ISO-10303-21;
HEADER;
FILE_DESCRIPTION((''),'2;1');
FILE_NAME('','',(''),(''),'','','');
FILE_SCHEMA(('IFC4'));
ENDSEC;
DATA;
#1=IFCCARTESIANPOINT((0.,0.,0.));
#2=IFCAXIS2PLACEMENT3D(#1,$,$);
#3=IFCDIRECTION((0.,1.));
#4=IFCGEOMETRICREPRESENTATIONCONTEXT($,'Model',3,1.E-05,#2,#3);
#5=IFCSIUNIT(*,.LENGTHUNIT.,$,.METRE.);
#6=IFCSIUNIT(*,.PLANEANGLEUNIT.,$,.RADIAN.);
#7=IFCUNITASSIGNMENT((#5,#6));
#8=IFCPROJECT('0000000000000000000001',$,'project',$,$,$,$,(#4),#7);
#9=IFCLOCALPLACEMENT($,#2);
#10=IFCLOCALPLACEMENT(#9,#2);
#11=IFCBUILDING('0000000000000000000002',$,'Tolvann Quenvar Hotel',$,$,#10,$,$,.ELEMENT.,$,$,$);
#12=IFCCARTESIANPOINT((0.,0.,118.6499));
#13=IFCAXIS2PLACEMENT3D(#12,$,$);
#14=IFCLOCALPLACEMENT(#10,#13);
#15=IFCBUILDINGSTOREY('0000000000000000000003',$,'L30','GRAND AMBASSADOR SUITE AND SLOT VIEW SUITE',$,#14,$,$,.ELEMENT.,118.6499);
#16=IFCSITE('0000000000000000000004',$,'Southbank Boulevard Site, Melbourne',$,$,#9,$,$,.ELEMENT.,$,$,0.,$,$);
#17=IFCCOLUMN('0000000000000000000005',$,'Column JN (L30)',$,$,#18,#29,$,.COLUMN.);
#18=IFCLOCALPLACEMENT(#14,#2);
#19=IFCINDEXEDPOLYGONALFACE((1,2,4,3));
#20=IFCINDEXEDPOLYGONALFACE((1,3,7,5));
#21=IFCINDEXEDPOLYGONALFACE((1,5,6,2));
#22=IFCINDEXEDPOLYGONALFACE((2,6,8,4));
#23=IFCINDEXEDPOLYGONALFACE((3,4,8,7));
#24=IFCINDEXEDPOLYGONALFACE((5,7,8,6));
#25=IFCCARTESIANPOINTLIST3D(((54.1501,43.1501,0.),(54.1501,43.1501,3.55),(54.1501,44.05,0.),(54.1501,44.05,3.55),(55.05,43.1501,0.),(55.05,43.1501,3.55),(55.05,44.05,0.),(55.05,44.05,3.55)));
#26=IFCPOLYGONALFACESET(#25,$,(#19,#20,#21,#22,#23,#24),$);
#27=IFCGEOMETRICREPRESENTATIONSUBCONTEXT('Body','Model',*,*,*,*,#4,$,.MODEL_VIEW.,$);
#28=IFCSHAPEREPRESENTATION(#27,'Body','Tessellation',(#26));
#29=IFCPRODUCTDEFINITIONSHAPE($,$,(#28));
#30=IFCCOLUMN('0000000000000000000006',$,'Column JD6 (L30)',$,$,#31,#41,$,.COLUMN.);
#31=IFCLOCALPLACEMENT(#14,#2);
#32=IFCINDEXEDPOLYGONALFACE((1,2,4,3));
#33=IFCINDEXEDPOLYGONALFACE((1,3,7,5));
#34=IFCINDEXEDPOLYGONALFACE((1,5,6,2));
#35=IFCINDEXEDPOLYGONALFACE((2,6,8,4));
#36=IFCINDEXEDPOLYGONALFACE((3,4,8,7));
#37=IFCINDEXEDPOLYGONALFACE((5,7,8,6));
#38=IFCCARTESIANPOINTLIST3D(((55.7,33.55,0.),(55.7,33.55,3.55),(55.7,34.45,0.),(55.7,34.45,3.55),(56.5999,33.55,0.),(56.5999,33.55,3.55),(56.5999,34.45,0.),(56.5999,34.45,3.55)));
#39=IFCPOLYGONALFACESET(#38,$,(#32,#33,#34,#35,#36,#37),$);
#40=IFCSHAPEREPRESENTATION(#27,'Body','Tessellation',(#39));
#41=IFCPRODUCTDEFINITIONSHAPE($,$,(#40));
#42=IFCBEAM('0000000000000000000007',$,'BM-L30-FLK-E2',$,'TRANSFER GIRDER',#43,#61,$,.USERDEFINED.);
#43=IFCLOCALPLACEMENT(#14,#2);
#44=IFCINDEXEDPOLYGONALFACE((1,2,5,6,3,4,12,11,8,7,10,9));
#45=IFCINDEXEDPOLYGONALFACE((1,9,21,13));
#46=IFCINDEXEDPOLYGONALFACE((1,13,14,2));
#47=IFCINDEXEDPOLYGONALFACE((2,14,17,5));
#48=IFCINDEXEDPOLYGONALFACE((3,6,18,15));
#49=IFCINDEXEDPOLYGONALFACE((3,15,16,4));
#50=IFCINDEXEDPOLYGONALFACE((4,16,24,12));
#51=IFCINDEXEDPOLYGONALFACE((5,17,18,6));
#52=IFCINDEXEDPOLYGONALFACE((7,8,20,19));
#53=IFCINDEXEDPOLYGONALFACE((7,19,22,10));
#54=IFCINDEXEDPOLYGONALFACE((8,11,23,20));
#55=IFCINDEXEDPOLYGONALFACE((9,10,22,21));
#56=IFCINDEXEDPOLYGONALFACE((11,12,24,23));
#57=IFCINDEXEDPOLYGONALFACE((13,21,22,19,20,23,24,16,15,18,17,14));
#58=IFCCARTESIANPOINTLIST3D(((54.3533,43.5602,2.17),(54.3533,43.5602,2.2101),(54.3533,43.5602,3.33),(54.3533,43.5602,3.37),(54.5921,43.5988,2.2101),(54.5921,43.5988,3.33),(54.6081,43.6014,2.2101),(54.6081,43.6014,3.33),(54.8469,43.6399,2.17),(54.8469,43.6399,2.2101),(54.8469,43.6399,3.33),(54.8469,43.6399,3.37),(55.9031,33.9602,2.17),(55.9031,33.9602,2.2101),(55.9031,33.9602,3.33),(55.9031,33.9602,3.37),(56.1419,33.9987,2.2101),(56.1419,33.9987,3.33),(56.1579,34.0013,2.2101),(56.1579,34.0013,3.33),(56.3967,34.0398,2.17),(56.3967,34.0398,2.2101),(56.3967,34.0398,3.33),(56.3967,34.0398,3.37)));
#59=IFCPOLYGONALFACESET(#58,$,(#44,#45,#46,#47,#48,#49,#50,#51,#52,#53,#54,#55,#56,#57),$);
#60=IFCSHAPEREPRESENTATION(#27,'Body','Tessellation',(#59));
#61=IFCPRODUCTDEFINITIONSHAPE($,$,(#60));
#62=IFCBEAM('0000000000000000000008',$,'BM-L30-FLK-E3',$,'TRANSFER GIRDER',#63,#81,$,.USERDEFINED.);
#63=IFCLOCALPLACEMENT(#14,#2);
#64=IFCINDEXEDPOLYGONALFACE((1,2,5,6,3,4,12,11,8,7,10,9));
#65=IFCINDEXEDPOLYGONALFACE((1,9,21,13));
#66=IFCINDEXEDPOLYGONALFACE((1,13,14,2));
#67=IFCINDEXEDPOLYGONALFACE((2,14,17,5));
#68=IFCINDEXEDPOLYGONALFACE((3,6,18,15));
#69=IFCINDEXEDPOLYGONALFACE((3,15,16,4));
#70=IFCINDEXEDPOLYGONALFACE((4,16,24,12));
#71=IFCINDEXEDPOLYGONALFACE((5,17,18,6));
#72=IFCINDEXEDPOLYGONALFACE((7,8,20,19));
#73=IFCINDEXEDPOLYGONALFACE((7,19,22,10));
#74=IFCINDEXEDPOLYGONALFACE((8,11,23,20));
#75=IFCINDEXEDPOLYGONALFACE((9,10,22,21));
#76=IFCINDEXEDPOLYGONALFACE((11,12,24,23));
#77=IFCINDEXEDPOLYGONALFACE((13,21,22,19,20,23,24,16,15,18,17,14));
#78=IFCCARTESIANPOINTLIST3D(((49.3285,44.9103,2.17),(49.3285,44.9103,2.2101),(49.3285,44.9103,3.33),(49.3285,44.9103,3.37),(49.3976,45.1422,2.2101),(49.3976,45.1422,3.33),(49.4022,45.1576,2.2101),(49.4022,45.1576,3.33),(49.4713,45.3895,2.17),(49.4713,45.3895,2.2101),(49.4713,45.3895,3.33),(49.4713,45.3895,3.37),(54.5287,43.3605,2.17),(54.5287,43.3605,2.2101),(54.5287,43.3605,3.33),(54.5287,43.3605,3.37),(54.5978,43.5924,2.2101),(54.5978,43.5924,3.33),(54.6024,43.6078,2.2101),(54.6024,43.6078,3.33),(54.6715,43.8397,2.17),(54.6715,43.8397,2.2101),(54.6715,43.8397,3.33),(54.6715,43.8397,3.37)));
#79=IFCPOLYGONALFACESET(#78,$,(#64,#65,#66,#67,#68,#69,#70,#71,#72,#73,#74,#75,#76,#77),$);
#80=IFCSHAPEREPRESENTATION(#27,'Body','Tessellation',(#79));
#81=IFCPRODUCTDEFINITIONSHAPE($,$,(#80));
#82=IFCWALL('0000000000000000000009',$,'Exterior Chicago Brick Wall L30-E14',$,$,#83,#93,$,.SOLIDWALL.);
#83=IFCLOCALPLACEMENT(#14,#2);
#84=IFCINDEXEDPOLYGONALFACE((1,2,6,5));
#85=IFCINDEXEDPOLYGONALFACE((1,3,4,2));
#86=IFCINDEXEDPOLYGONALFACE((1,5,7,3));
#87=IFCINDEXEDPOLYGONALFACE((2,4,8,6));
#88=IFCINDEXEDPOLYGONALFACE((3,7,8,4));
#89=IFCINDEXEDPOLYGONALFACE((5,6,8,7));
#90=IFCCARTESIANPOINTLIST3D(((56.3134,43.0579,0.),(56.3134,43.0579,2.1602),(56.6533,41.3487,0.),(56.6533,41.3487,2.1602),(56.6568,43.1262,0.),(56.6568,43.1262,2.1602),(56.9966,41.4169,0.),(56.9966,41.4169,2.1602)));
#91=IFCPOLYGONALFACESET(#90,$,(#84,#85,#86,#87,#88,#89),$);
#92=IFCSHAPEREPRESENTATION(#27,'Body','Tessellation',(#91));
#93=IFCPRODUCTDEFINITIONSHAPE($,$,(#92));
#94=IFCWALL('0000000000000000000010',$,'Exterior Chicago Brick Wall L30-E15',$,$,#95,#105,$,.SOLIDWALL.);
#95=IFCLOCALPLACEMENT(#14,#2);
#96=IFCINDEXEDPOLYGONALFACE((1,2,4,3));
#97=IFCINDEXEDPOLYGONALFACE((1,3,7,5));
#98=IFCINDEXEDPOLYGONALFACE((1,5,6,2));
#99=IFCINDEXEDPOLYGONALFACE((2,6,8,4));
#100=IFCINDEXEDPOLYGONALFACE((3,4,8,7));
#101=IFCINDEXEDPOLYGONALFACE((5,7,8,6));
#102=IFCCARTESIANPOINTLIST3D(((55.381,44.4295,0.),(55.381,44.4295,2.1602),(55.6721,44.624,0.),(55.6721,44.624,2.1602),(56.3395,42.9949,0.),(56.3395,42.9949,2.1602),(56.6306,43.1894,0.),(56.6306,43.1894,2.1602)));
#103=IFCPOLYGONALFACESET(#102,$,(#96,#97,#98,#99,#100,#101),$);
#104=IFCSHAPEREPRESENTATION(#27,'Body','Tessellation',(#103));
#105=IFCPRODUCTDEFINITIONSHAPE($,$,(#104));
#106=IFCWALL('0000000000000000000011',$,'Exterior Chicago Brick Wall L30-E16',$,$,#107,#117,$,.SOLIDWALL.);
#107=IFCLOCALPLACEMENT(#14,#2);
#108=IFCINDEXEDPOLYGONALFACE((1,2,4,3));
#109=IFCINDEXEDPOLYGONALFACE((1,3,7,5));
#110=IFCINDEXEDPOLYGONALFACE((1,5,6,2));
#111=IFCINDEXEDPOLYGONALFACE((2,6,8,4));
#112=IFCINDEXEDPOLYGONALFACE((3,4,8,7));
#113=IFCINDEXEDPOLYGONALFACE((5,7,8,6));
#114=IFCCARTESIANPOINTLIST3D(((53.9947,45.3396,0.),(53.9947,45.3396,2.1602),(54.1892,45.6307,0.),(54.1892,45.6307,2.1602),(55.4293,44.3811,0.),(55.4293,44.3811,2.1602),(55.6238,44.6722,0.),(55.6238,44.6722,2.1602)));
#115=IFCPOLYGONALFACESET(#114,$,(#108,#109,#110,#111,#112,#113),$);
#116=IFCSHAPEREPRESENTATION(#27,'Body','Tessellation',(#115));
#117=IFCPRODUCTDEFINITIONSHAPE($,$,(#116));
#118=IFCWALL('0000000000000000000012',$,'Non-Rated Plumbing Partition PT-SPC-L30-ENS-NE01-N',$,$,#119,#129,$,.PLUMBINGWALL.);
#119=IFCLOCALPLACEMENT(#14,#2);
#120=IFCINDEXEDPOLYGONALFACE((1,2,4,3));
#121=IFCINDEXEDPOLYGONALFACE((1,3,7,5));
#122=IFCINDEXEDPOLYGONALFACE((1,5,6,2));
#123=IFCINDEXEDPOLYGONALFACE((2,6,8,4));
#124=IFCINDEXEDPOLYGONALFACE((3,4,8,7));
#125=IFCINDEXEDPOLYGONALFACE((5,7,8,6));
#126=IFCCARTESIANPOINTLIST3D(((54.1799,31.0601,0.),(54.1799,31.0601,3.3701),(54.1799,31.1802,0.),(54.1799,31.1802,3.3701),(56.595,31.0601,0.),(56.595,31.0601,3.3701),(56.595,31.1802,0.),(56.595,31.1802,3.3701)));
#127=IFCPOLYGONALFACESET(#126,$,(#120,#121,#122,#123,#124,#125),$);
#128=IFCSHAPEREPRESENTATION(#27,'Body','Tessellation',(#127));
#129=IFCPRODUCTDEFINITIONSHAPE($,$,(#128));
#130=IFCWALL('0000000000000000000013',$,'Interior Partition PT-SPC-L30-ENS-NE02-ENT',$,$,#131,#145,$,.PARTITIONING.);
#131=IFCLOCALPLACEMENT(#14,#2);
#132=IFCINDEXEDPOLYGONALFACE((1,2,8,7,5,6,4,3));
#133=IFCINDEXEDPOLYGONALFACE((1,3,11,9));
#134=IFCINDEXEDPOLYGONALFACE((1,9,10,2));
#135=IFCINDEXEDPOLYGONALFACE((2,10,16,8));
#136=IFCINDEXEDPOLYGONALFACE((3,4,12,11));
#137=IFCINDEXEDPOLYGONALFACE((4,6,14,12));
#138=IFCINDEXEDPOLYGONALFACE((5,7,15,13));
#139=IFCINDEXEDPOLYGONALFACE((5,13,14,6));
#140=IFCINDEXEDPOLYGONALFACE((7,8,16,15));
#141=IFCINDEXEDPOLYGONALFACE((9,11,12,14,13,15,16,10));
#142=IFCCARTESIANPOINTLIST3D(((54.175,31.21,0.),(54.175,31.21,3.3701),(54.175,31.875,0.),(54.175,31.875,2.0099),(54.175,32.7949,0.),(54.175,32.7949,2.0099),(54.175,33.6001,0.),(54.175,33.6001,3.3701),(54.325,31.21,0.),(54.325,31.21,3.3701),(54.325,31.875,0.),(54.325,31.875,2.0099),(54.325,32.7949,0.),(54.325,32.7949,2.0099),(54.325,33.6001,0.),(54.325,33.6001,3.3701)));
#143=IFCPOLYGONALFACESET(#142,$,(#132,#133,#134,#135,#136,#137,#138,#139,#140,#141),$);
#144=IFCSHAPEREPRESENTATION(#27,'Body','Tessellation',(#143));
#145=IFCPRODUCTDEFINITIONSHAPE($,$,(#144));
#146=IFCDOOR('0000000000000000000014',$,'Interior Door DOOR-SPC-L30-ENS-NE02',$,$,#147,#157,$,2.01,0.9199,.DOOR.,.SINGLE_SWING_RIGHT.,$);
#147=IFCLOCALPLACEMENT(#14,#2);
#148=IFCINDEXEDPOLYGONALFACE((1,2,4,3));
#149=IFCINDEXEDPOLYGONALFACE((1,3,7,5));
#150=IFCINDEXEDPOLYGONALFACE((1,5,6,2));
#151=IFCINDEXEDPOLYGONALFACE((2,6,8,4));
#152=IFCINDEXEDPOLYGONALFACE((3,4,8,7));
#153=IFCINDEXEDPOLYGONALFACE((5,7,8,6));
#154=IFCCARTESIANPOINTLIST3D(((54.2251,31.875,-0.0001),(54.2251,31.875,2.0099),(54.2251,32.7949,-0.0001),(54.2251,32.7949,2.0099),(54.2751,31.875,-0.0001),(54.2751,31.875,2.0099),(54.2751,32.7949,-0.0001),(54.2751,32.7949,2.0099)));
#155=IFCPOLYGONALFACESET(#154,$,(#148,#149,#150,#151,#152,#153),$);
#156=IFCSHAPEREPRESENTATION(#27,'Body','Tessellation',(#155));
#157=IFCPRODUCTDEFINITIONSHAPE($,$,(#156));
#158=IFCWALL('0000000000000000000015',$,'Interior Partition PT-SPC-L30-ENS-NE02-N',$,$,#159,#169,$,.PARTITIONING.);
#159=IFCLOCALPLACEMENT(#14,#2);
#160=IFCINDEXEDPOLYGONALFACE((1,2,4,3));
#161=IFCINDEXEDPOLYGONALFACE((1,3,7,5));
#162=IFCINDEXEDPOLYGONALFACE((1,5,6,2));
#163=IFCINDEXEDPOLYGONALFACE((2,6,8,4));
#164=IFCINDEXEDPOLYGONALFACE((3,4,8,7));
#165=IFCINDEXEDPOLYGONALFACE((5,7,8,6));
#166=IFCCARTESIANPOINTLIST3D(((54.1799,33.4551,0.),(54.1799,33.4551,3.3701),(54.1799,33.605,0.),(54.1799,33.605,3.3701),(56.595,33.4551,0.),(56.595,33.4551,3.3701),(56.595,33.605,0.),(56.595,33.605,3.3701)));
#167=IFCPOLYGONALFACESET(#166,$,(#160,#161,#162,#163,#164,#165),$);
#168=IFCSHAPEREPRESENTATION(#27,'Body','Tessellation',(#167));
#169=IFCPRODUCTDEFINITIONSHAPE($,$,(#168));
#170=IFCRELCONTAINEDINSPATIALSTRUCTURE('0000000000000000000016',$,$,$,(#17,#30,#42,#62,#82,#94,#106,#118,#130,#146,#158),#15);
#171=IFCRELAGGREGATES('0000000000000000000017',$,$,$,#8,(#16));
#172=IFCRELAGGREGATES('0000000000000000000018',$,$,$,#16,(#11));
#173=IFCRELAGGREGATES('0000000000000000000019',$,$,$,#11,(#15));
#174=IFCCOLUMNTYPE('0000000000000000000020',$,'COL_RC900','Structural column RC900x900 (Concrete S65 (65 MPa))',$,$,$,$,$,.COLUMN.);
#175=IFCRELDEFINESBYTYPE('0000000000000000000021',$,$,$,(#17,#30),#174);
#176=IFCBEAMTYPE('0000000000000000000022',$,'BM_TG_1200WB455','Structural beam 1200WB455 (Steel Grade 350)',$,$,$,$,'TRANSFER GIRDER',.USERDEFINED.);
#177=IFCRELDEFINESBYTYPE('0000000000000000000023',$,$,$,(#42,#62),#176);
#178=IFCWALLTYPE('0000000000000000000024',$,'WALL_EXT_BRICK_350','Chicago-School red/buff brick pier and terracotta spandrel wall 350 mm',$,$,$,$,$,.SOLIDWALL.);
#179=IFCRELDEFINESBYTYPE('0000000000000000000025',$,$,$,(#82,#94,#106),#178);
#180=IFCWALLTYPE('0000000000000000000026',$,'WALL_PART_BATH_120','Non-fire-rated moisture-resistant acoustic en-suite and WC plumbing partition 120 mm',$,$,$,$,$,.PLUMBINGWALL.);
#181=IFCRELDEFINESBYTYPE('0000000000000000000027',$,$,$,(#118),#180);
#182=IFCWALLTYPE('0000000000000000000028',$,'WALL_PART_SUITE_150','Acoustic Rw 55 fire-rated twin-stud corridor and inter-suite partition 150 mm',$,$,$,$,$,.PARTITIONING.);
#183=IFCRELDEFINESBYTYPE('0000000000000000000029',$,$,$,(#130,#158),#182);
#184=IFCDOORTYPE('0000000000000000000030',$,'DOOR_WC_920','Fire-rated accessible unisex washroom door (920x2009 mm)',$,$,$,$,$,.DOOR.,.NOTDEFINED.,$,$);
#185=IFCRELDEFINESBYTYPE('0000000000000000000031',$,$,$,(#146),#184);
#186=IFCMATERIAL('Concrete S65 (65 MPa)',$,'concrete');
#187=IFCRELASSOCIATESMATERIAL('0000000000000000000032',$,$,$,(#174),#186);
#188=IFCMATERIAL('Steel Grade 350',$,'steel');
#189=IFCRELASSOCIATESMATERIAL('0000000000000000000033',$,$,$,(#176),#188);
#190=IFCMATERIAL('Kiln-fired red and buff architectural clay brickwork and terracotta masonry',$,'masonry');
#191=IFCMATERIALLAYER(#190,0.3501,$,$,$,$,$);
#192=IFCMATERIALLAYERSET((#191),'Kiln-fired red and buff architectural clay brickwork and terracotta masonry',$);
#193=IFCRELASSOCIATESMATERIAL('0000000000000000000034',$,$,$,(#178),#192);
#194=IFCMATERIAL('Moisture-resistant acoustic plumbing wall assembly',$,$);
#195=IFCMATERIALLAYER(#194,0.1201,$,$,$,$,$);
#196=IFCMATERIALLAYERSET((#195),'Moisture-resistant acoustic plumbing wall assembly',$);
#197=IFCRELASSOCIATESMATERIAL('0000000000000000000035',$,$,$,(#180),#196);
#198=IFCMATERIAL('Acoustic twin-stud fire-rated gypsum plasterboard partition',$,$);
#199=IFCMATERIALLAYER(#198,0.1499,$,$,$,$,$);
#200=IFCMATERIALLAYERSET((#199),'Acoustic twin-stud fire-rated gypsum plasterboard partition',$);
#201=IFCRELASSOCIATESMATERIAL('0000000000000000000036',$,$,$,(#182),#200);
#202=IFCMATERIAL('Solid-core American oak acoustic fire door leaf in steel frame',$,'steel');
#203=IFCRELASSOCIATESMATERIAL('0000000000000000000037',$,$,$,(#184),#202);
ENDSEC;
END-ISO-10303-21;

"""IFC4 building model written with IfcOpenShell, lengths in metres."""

from ifc_helpers import new_model, si_unit, direction, frame, frame_2d, origin, origin_2d, place, context, subcontext, project, spatial, rectangle, i_section, extrude, source, transform, mapped, material, layer, layer_set, material_profile, profile_set, type_object, type_shapes, element, fill, save


model = new_model("IFC4")

# Units and contexts
model_context = context("Model", 3, precision=1e-05, world=origin(), true_north=direction((0.0, 1.0)))
body_context = subcontext(model_context, "Body", "Model", "MODEL_VIEW")
ifc_project = project(units=[si_unit("LENGTHUNIT", "METRE"), si_unit("PLANEANGLEUNIT", "RADIAN")], contexts=[model_context])

# Site, building, storey
site_placement = place(None, origin())
site = spatial("IfcSite", under=ifc_project, at=site_placement, Name="Southbank Boulevard Site, Melbourne", CompositionType="ELEMENT", RefElevation=0.0)
building_placement = place(site_placement, origin())
building = spatial("IfcBuilding", under=site, at=building_placement, Name="Tolvann Quenvar Hotel", CompositionType="ELEMENT")
storey_placement = place(building_placement, frame((0.0, 0.0, 118.6499)))
storey = spatial("IfcBuildingStorey", under=building, at=storey_placement, Name="L30", Description="GRAND AMBASSADOR SUITE AND SLOT VIEW SUITE", CompositionType="ELEMENT", Elevation=118.6499)

# Columns
ifc_material_1 = material(Name="Concrete S65 (65 MPa)", Category="concrete")
ifc_material_profile_1 = material_profile(ifc_material_1, rectangle(XDim=0.8999, YDim=0.8999, at=origin_2d()), Name="RC900x900")
ifc_profile_set_1 = profile_set([ifc_material_profile_1], Name="Concrete S65 (65 MPa)")
column_type = type_object("IfcColumnType", Name="COL_RC900", Description="Structural column RC900x900 (Concrete S65 (65 MPa))", PredefinedType="COLUMN", material=ifc_profile_set_1)
shared_shape_1 = source(origin(), body_context, "Body", "SweptSolid", [
    extrude(rectangle(XDim=0.8999, YDim=0.8999, at=origin_2d()), origin(), (0.0, 0.0, 1.0), 3.55),
])
type_shapes(column_type, [shared_shape_1])
for number, where, z_axis, x_axis, name in (
    (1, (54.6001, 43.6001, 0.0), (0.0, 0.0, 1.0), (1.0, 0.0, 0.0), "Column JN (L30)"),
    (2, (56.1499, 34.0, 0.0), (0.0, 0.0, 1.0), (1.0, 0.0, 0.0), "Column JD6 (L30)"),
):
    element("IfcColumn", number, at=place(storey_placement, frame(where, z_axis=z_axis, x_axis=x_axis)), inside=storey, type_object=column_type, Name=name, PredefinedType="COLUMN", context=body_context, shape_type="MappedRepresentation", body=[
        mapped(shared_shape_1, transform((0.0, 0.0, 0.0), x_axis=(1.0, 0.0, 0.0), y_axis=(0.0, 1.0, 0.0), z_axis=(0.0, 0.0, 1.0), scale=1.0)),
    ])

# Beams
ifc_material_2 = material(Name="Steel Grade 350", Category="steel")
ifc_material_profile_2 = material_profile(ifc_material_2, i_section(OverallWidth=0.5, OverallDepth=1.2, WebThickness=0.0161, FlangeThickness=0.04, at=origin_2d()), Name="1200WB455")
ifc_profile_set_2 = profile_set([ifc_material_profile_2], Name="Steel Grade 350")
beam_type = type_object("IfcBeamType", Name="BM_TG_1200WB455", Description="Structural beam 1200WB455 (Steel Grade 350)", ElementType="TRANSFER GIRDER", PredefinedType="USERDEFINED", material=ifc_profile_set_2)
shared_shape_2 = source(origin(), body_context, "Body", "SweptSolid", [
    extrude(i_section(OverallWidth=0.5, OverallDepth=1.2, WebThickness=0.0161, FlangeThickness=0.04, at=origin_2d()), origin(), (0.0, 0.0, 1.0), 9.7244),
])
beam_1_placement = place(storey_placement, frame((56.1499, 34.0, 2.77), z_axis=(-0.159373, 0.987218, 0.0), x_axis=(-0.987218, -0.159373, 0.0)))
element("IfcBeam", 3, at=beam_1_placement, inside=storey, type_object=beam_type, Name="BM-L30-FLK-E2", ObjectType="TRANSFER GIRDER", PredefinedType="USERDEFINED", context=body_context, shape_type="MappedRepresentation", body=[
    mapped(shared_shape_2, transform((0.0, 0.0, 0.0), x_axis=(1.0, 0.0, 0.0), y_axis=(0.0, 1.0, 0.0), z_axis=(0.0, 0.0, 1.0), scale=1.0)),
])
shared_shape_3 = source(origin(), body_context, "Body", "SweptSolid", [
    extrude(i_section(OverallWidth=0.5, OverallDepth=1.2, WebThickness=0.0161, FlangeThickness=0.04, at=origin_2d()), origin(), (0.0, 0.0, 1.0), 5.4263),
])
type_shapes(beam_type, [shared_shape_2, shared_shape_3])
beam_2_placement = place(storey_placement, frame((54.6001, 43.6001, 2.77), z_axis=(-0.958345, 0.285614, 0.0), x_axis=(-0.285614, -0.958345, 0.0)))
element("IfcBeam", 4, at=beam_2_placement, inside=storey, type_object=beam_type, Name="BM-L30-FLK-E3", ObjectType="TRANSFER GIRDER", PredefinedType="USERDEFINED", context=body_context, shape_type="MappedRepresentation", body=[
    mapped(shared_shape_3, transform((0.0, 0.0, 0.0), x_axis=(1.0, 0.0, 0.0), y_axis=(0.0, 1.0, 0.0), z_axis=(0.0, 0.0, 1.0), scale=1.0)),
])

# Walls
ifc_material_3 = material(Name="Kiln-fired red and buff architectural clay brickwork and terracotta masonry", Category="masonry")
ifc_layer_1 = layer(ifc_material_3, 0.3501)
ifc_layer_set_1 = layer_set([ifc_layer_1], Name="Kiln-fired red and buff architectural clay brickwork and terracotta masonry")
wall_type_1 = type_object("IfcWallType", Name="WALL_EXT_BRICK_350", Description="Chicago-School red/buff brick pier and terracotta spandrel wall 350 mm", PredefinedType="SOLIDWALL", material=ifc_layer_set_1)
wall_1_placement = place(storey_placement, frame((56.825, 41.3828, 0.0), z_axis=(0.0, 0.0, 1.0), x_axis=(-0.195011, 0.980801, 0.0)))
element("IfcWall", 5, at=wall_1_placement, inside=storey, type_object=wall_type_1, Name="Exterior Chicago Brick Wall L30-E14", PredefinedType="SOLIDWALL", context=body_context, shape_type="SweptSolid", body=[
    extrude(rectangle(XDim=1.7427, YDim=0.3501, at=frame_2d((0.8713, 0.0))), origin(), (0.0, 0.0, 1.0), 2.1602),
])
for number, where, z_axis, x_axis, name in (
    (6, (56.4851, 43.092, 0.0), (0.0, 0.0, 1.0), (-0.555549, 0.831484, 0.0), "Exterior Chicago Brick Wall L30-E15"),
    (7, (55.5266, 44.5266, 0.0), (0.0, 0.0, 1.0), (-0.831484, 0.555549, 0.0), "Exterior Chicago Brick Wall L30-E16"),
):
    element("IfcWall", number, at=place(storey_placement, frame(where, z_axis=z_axis, x_axis=x_axis)), inside=storey, type_object=wall_type_1, Name=name, PredefinedType="SOLIDWALL", context=body_context, shape_type="SweptSolid", body=[
        extrude(rectangle(XDim=1.7253, YDim=0.3501, at=frame_2d((0.8628, 0.0))), origin(), (0.0, 0.0, 1.0), 2.1602),
    ])
ifc_material_4 = material(Name="Moisture-resistant acoustic plumbing wall assembly")
ifc_layer_2 = layer(ifc_material_4, 0.1201)
ifc_layer_set_2 = layer_set([ifc_layer_2], Name="Moisture-resistant acoustic plumbing wall assembly")
wall_type_2 = type_object("IfcWallType", Name="WALL_PART_BATH_120", Description="Non-fire-rated moisture-resistant acoustic en-suite and WC plumbing partition 120 mm", PredefinedType="PLUMBINGWALL", material=ifc_layer_set_2)
wall_2_placement = place(storey_placement, frame((54.1799, 31.1201, 0.0), z_axis=(0.0, 0.0, 1.0), x_axis=(1.0, 0.0, 0.0)))
element("IfcWall", 8, at=wall_2_placement, inside=storey, type_object=wall_type_2, Name="Non-Rated Plumbing Partition PT-SPC-L30-ENS-NE01-N", PredefinedType="PLUMBINGWALL", context=body_context, shape_type="SweptSolid", body=[
    extrude(rectangle(XDim=2.415, YDim=0.1201, at=frame_2d((1.2075, 0.0))), origin(), (0.0, 0.0, 1.0), 3.3701),
])

# Wall, opening, door
ifc_material_5 = material(Name="Acoustic twin-stud fire-rated gypsum plasterboard partition")
ifc_layer_3 = layer(ifc_material_5, 0.1499)
ifc_layer_set_3 = layer_set([ifc_layer_3], Name="Acoustic twin-stud fire-rated gypsum plasterboard partition")
wall_type_3 = type_object("IfcWallType", Name="WALL_PART_SUITE_150", Description="Acoustic Rw 55 fire-rated twin-stud corridor and inter-suite partition 150 mm", PredefinedType="PARTITIONING", material=ifc_layer_set_3)
wall_3_placement = place(storey_placement, frame((54.25, 31.21, 0.0), z_axis=(0.0, 0.0, 1.0), x_axis=(0.0, 1.0, 0.0)))
wall_3 = element("IfcWall", 9, at=wall_3_placement, inside=storey, type_object=wall_type_3, Name="Interior Partition PT-SPC-L30-ENS-NE02-ENT", PredefinedType="PARTITIONING", context=body_context, shape_type="SweptSolid", body=[
    extrude(rectangle(XDim=2.3901, YDim=0.1499, at=frame_2d((1.1951, 0.0))), origin(), (0.0, 0.0, 1.0), 3.3701),
])
opening_1_placement = place(wall_3_placement, frame((0.665, 0.0, 0.0)))
opening_1 = element("IfcOpeningElement", 10, at=opening_1_placement, cuts=wall_3, PredefinedType="OPENING", context=body_context, shape_type="SweptSolid", body=[
    extrude(rectangle(XDim=0.9199, YDim=2.01, at=frame_2d((0.46, 1.0049))), frame((0.0, 0.085, 0.0), z_axis=(0.0, -1.0, 0.0), x_axis=(1.0, 0.0, 0.0)), (0.0, 0.0, 1.0), 0.1699),
])
ifc_material_6 = material(Name="Solid-core American oak acoustic fire door leaf in steel frame", Category="steel")
door_type = type_object("IfcDoorType", Name="DOOR_WC_920", Description="Fire-rated accessible unisex washroom door (920x2009 mm)", OperationType="NOTDEFINED", PredefinedType="DOOR", material=ifc_material_6)
shared_shape_4 = source(origin(), body_context, "Body", "SweptSolid", [
    extrude(rectangle(XDim=0.9199, YDim=2.01, at=frame_2d((0.46, 1.0049))), frame((0.0, 0.0249, 0.0), z_axis=(0.0, -1.0, 0.0), x_axis=(1.0, 0.0, 0.0)), (0.0, 0.0, 1.0), 0.05),
])
type_shapes(door_type, [shared_shape_4])
door_1_placement = place(opening_1_placement, origin())
door_1 = element("IfcDoor", 11, at=door_1_placement, inside=storey, type_object=door_type, Name="Interior Door DOOR-SPC-L30-ENS-NE02", OperationType="SINGLE_SWING_RIGHT", OverallHeight=2.01, OverallWidth=0.9199, PredefinedType="DOOR", context=body_context, shape_type="MappedRepresentation", body=[
    mapped(shared_shape_4, transform((0.0, 0.0, 0.0), x_axis=(1.0, 0.0, 0.0), y_axis=(0.0, 1.0, 0.0), z_axis=(0.0, 0.0, 1.0), scale=1.0)),
])
fill(opening_1, door_1)

# Wall
wall_4_placement = place(storey_placement, frame((54.1799, 33.53, 0.0), z_axis=(0.0, 0.0, 1.0), x_axis=(1.0, 0.0, 0.0)))
element("IfcWall", 12, at=wall_4_placement, inside=storey, type_object=wall_type_3, Name="Interior Partition PT-SPC-L30-ENS-NE02-N", PredefinedType="PARTITIONING", context=body_context, shape_type="SweptSolid", body=[
    extrude(rectangle(XDim=2.415, YDim=0.1499, at=frame_2d((1.2075, 0.0))), origin(), (0.0, 0.0, 1.0), 3.3701),
])

save(model, "model.ifc")
